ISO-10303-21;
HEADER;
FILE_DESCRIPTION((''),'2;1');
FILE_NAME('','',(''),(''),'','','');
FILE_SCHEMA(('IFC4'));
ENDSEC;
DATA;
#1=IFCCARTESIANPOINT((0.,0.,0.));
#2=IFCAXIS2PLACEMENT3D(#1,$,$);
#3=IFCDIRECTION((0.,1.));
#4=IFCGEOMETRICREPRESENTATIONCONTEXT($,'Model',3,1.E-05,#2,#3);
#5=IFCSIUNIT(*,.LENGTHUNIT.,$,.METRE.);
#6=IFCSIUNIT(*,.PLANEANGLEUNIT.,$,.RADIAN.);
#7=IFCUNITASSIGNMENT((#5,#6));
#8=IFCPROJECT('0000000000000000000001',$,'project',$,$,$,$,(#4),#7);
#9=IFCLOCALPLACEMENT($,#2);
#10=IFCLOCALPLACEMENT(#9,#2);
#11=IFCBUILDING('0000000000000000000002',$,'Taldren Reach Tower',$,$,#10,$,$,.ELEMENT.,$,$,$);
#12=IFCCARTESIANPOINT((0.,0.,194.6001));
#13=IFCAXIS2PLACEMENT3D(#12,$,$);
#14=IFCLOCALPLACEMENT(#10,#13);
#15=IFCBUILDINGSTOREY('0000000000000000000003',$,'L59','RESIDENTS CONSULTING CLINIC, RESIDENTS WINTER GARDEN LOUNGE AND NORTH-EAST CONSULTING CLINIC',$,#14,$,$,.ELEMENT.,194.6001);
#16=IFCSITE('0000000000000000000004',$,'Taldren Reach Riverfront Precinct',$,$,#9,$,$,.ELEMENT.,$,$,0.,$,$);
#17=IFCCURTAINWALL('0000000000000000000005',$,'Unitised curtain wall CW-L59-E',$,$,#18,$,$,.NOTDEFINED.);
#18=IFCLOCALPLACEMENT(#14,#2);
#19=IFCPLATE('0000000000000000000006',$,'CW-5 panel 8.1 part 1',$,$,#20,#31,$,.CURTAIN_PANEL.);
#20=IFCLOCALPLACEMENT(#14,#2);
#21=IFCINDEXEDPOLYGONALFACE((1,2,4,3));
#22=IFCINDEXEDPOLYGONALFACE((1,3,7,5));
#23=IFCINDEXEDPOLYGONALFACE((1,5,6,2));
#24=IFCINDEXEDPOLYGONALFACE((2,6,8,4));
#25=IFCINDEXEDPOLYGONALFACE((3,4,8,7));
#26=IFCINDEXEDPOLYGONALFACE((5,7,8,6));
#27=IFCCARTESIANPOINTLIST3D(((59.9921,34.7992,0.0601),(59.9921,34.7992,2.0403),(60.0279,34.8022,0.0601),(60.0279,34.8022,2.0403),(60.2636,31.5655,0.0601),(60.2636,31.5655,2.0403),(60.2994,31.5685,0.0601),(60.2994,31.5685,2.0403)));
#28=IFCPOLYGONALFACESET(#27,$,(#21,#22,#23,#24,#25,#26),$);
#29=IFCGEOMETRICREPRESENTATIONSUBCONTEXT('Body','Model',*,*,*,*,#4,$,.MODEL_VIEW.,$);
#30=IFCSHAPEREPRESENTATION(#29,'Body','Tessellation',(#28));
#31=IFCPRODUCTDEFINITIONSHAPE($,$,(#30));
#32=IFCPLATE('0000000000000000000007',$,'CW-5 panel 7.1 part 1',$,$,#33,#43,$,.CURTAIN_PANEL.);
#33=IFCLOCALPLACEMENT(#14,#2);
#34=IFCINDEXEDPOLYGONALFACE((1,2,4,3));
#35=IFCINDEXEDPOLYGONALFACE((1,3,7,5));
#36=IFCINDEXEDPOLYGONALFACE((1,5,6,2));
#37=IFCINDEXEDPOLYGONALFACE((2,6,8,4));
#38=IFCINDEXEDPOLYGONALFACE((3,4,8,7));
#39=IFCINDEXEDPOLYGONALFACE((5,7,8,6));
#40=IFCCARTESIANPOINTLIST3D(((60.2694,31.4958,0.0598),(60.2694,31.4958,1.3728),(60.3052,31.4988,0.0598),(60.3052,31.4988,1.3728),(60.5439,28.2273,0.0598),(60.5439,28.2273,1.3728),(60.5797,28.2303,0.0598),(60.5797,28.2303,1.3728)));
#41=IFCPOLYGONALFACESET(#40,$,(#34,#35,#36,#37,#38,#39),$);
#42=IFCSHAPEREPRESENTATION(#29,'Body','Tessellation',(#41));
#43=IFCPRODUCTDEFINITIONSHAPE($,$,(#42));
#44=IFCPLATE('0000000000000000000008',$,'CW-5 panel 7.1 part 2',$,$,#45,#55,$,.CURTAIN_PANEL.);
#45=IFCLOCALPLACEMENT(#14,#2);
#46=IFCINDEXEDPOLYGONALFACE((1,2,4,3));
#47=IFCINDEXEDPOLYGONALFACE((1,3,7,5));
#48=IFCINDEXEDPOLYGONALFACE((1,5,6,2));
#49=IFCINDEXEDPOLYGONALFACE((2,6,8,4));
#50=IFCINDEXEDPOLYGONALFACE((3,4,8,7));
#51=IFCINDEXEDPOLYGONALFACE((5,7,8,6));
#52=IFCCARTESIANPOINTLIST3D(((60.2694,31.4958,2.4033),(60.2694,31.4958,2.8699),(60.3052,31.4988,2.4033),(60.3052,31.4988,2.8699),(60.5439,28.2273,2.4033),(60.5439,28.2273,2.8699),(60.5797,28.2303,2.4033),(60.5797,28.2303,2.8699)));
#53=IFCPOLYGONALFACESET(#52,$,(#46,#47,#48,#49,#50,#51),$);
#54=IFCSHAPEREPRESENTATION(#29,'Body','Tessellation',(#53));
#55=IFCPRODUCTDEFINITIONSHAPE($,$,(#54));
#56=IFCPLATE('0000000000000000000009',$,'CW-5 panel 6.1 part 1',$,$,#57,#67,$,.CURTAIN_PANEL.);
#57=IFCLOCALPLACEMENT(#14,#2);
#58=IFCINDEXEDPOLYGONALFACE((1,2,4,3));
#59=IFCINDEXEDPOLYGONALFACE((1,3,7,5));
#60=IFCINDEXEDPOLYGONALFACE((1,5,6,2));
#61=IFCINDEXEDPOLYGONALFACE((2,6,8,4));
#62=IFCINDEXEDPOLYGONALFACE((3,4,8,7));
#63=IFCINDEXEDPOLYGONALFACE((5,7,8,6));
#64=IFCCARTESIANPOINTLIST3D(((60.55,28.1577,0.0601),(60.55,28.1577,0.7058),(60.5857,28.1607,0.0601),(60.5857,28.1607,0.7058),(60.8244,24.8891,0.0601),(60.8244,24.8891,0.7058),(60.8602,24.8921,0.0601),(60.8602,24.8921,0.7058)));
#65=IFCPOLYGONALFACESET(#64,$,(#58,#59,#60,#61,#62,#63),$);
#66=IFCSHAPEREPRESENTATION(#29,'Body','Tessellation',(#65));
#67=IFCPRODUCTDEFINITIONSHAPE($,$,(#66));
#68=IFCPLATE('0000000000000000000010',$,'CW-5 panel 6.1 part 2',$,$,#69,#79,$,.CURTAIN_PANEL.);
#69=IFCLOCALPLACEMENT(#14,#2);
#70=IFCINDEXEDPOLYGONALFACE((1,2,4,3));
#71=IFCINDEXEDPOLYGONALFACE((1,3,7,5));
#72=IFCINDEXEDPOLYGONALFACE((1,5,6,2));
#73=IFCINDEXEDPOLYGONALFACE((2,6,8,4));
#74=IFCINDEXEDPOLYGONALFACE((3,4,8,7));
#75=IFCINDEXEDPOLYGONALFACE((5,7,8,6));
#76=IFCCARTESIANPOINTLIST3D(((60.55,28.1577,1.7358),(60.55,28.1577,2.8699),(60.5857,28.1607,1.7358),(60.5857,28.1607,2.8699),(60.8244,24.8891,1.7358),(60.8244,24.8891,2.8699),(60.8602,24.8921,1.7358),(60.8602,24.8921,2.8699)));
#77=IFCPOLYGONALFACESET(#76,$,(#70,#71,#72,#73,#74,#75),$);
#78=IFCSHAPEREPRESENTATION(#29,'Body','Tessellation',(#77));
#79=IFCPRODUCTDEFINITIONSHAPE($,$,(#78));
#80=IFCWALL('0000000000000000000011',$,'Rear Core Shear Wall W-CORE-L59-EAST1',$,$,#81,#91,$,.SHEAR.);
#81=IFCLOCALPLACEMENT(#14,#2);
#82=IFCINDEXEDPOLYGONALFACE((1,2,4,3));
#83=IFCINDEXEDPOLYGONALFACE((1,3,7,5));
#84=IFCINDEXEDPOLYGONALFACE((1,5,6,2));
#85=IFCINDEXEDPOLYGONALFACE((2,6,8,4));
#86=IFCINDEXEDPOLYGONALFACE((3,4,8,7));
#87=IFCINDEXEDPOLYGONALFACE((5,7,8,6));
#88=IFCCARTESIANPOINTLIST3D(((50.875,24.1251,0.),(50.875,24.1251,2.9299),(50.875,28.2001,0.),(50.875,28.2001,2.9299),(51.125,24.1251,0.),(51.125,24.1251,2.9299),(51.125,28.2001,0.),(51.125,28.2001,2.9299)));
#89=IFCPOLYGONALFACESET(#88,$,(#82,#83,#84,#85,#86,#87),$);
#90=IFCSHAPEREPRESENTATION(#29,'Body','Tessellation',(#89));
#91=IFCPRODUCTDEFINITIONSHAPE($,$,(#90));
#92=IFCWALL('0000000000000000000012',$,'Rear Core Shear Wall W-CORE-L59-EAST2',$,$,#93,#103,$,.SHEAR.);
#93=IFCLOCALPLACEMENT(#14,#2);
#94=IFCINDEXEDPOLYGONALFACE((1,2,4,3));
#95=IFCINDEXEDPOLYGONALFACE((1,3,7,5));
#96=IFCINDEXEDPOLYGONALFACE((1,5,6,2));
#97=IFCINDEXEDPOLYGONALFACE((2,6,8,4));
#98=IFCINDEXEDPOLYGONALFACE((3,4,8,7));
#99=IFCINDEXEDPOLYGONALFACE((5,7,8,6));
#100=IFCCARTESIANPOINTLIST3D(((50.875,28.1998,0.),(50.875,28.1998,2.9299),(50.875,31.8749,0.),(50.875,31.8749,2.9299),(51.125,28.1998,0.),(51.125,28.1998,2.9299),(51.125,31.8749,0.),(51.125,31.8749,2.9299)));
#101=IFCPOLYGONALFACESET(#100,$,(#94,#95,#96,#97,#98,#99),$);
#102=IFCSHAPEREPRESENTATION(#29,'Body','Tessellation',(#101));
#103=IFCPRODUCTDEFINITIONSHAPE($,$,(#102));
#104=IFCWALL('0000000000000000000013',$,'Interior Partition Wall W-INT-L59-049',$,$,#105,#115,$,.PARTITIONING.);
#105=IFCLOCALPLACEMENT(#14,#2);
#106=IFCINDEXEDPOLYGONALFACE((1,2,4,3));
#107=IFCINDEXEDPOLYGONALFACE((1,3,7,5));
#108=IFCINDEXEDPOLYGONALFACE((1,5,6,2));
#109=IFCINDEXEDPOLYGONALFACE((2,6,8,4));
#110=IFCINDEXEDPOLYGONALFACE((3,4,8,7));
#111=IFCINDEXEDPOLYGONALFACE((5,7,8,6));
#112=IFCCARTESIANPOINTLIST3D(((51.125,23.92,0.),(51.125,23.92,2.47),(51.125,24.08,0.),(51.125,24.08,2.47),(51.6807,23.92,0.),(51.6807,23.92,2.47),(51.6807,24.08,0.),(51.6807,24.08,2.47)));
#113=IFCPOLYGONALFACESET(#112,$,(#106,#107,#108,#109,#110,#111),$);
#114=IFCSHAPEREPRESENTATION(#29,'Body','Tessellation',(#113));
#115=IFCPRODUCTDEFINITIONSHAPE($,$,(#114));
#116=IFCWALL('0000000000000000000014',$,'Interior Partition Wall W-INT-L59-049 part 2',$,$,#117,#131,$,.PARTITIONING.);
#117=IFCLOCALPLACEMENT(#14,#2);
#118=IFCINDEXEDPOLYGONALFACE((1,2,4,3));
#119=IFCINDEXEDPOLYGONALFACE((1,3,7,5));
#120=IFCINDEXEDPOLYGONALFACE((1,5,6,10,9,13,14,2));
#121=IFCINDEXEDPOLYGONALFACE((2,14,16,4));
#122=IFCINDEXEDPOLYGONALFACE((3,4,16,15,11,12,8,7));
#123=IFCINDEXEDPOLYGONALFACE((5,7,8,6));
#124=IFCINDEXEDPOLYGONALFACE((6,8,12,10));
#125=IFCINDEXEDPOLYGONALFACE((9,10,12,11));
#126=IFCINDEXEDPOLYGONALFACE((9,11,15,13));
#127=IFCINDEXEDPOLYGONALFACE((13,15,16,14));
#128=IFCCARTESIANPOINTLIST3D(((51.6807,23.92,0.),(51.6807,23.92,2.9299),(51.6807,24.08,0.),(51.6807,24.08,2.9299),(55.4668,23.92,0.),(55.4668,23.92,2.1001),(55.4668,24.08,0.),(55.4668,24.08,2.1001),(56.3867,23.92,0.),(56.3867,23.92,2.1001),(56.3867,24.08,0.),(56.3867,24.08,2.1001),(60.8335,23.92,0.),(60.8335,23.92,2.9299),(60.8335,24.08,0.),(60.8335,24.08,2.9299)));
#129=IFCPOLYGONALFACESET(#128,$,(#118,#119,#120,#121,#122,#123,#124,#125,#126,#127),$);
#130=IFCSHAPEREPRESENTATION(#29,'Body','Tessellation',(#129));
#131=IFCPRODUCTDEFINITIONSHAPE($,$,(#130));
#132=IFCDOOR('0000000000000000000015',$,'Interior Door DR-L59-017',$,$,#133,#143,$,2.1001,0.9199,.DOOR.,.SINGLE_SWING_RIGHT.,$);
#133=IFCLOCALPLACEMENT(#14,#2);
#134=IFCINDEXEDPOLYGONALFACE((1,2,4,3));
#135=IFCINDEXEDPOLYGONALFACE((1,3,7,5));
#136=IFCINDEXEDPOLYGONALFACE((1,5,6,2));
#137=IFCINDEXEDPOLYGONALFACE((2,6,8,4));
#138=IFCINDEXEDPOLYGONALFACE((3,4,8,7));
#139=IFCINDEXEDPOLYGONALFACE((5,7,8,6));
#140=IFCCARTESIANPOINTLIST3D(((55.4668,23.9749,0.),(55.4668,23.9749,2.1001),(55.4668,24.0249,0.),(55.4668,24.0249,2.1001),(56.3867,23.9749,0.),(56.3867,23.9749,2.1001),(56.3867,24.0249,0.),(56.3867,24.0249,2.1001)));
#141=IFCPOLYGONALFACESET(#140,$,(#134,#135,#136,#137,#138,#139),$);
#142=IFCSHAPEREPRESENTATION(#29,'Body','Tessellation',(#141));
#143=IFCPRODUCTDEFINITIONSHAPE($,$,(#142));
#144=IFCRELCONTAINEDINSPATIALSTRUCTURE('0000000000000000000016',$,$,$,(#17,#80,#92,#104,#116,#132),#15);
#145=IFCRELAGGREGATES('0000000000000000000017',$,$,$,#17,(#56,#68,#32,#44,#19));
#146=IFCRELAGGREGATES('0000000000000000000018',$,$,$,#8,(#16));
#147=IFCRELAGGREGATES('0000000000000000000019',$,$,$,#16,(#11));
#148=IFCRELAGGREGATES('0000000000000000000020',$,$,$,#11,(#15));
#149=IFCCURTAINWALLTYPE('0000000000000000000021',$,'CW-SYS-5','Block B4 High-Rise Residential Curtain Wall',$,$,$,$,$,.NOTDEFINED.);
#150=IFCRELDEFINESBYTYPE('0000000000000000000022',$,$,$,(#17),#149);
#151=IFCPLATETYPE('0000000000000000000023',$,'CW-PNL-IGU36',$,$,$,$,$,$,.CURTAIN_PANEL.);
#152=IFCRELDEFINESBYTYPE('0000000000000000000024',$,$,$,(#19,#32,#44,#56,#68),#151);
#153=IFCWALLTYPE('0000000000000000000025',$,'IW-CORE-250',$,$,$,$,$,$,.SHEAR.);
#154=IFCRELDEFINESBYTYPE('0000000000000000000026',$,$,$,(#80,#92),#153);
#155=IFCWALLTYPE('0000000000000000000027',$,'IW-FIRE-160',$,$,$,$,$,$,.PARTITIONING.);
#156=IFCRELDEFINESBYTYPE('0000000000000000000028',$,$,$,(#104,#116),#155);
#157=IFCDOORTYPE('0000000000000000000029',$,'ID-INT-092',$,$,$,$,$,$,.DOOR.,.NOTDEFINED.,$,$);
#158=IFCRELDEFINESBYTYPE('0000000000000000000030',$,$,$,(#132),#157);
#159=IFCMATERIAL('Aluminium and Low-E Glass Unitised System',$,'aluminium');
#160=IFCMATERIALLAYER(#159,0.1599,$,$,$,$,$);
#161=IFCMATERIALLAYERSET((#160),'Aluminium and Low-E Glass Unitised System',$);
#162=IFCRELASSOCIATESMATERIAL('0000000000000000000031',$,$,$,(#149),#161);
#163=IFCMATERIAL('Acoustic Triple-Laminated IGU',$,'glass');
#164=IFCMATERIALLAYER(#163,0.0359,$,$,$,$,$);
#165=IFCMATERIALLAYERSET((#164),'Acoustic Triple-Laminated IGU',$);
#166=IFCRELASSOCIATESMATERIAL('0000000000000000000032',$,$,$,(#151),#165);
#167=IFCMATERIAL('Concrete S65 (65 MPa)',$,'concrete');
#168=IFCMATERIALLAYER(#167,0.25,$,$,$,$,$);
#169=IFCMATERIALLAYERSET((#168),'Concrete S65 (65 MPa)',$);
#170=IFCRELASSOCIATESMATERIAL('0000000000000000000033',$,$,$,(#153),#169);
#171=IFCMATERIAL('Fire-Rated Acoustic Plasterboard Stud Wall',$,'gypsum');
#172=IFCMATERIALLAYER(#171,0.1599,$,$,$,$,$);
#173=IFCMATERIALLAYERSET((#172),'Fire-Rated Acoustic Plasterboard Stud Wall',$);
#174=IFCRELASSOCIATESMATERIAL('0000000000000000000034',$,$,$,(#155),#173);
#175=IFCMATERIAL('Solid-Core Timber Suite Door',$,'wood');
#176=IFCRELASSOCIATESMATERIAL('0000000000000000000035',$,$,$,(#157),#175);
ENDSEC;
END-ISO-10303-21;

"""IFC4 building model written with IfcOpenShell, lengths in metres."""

from ifc_helpers import new_model, si_unit, direction, frame, frame_2d, origin, origin_2d, place, context, subcontext, project, spatial, rectangle, extrude, source, transform, mapped, material, layer, layer_set, type_object, element, fill, aggregate, save


model = new_model("IFC4")

# Units and contexts
model_context = context("Model", 3, precision=1e-05, world=origin(), true_north=direction((0.0, 1.0)))
body_context = subcontext(model_context, "Body", "Model", "MODEL_VIEW")
ifc_project = project(units=[si_unit("LENGTHUNIT", "METRE"), si_unit("PLANEANGLEUNIT", "RADIAN")], contexts=[model_context])

# Site, building, storey
site_placement = place(None, origin())
site = spatial("IfcSite", under=ifc_project, at=site_placement, Name="Taldren Reach Riverfront Precinct", CompositionType="ELEMENT", RefElevation=0.0)
building_placement = place(site_placement, origin())
building = spatial("IfcBuilding", under=site, at=building_placement, Name="Taldren Reach Tower", CompositionType="ELEMENT")
storey_placement = place(building_placement, frame((0.0, 0.0, 194.6001)))
storey = spatial("IfcBuildingStorey", under=building, at=storey_placement, Name="L59", Description="RESIDENTS CONSULTING CLINIC, RESIDENTS WINTER GARDEN LOUNGE AND NORTH-EAST CONSULTING CLINIC", CompositionType="ELEMENT", Elevation=194.6001)

# Curtain wall, plates
ifc_material_1 = material(Name="Aluminium and Low-E Glass Unitised System", Category="aluminium")
ifc_layer_1 = layer(ifc_material_1, 0.1599)
ifc_layer_set_1 = layer_set([ifc_layer_1], Name="Aluminium and Low-E Glass Unitised System")
curtain_wall_type = type_object("IfcCurtainWallType", Name="CW-SYS-5", Description="Block B4 High-Rise Residential Curtain Wall", PredefinedType="NOTDEFINED", material=ifc_layer_set_1)
curtain_wall_placement = place(storey_placement, origin())
curtain_wall = element("IfcCurtainWall", 1, at=curtain_wall_placement, inside=storey, type_object=curtain_wall_type, Name="Unitised curtain wall CW-L59-E", PredefinedType="NOTDEFINED")
ifc_material_2 = material(Name="Acoustic Triple-Laminated IGU", Category="glass")
ifc_layer_2 = layer(ifc_material_2, 0.0359)
ifc_layer_set_2 = layer_set([ifc_layer_2], Name="Acoustic Triple-Laminated IGU")
plate_type = type_object("IfcPlateType", Name="CW-PNL-IGU36", PredefinedType="CURTAIN_PANEL", material=ifc_layer_set_2)
shared_shape_1 = source(origin(), body_context, "Body", "SweptSolid", [
    extrude(rectangle(XDim=3.2451, YDim=0.0359, at=origin_2d()), origin(), (0.0, 0.0, 1.0), 1.9802),
])
plate_1_placement = place(storey_placement, frame((60.1458, 33.1838, 0.0601), z_axis=(0.0, 0.0, 1.0), x_axis=(-0.083678, 0.996493, 0.0)))
plate_1 = element("IfcPlate", 2, at=plate_1_placement, type_object=plate_type, Name="CW-5 panel 8.1 part 1", PredefinedType="CURTAIN_PANEL", context=body_context, shape_type="MappedRepresentation", body=[
    mapped(shared_shape_1, transform((0.0, 0.0, 0.0), scale=1.0)),
])
shared_shape_2 = source(origin(), body_context, "Body", "SweptSolid", [
    extrude(rectangle(XDim=3.28, YDim=0.0359, at=origin_2d()), origin(), (0.0, 0.0, 1.0), 1.313),
])
plate_2_placement = place(storey_placement, frame((60.4246, 29.863, 0.0598), z_axis=(0.0, 0.0, 1.0), x_axis=(-0.083678, 0.996493, 0.0)))
plate_2 = element("IfcPlate", 3, at=plate_2_placement, type_object=plate_type, Name="CW-5 panel 7.1 part 1", PredefinedType="CURTAIN_PANEL", context=body_context, shape_type="MappedRepresentation", body=[
    mapped(shared_shape_2, transform((0.0, 0.0, 0.0), scale=1.0)),
])
shared_shape_3 = source(origin(), body_context, "Body", "SweptSolid", [
    extrude(rectangle(XDim=3.28, YDim=0.0359, at=origin_2d()), origin(), (0.0, 0.0, 1.0), 0.4666),
])
plate_3_placement = place(storey_placement, frame((60.4246, 29.863, 2.4033), z_axis=(0.0, 0.0, 1.0), x_axis=(-0.083678, 0.996493, 0.0)))
plate_3 = element("IfcPlate", 4, at=plate_3_placement, type_object=plate_type, Name="CW-5 panel 7.1 part 2", PredefinedType="CURTAIN_PANEL", context=body_context, shape_type="MappedRepresentation", body=[
    mapped(shared_shape_3, transform((0.0, 0.0, 0.0), scale=1.0)),
])
shared_shape_4 = source(origin(), body_context, "Body", "SweptSolid", [
    extrude(rectangle(XDim=3.28, YDim=0.0359, at=origin_2d()), origin(), (0.0, 0.0, 1.0), 0.6458),
])
plate_4_placement = place(storey_placement, frame((60.7051, 26.5249, 0.0601), z_axis=(0.0, 0.0, 1.0), x_axis=(-0.083678, 0.996493, 0.0)))
plate_4 = element("IfcPlate", 5, at=plate_4_placement, type_object=plate_type, Name="CW-5 panel 6.1 part 1", PredefinedType="CURTAIN_PANEL", context=body_context, shape_type="MappedRepresentation", body=[
    mapped(shared_shape_4, transform((0.0, 0.0, 0.0), scale=1.0)),
])
shared_shape_5 = source(origin(), body_context, "Body", "SweptSolid", [
    extrude(rectangle(XDim=3.28, YDim=0.0359, at=origin_2d()), origin(), (0.0, 0.0, 1.0), 1.134),
])
plate_5_placement = place(storey_placement, frame((60.7051, 26.5249, 1.7358), z_axis=(0.0, 0.0, 1.0), x_axis=(-0.083678, 0.996493, 0.0)))
plate_5 = element("IfcPlate", 6, at=plate_5_placement, type_object=plate_type, Name="CW-5 panel 6.1 part 2", PredefinedType="CURTAIN_PANEL", context=body_context, shape_type="MappedRepresentation", body=[
    mapped(shared_shape_5, transform((0.0, 0.0, 0.0), scale=1.0)),
])
aggregate(curtain_wall, [plate_4, plate_5, plate_2, plate_3, plate_1])

# Walls
ifc_material_3 = material(Name="Concrete S65 (65 MPa)", Category="concrete")
ifc_layer_3 = layer(ifc_material_3, 0.25)
ifc_layer_set_3 = layer_set([ifc_layer_3], Name="Concrete S65 (65 MPa)")
wall_type_1 = type_object("IfcWallType", Name="IW-CORE-250", PredefinedType="SHEAR", material=ifc_layer_set_3)
shared_shape_6 = source(origin(), body_context, "Body", "SweptSolid", [
    extrude(rectangle(XDim=4.075, YDim=0.25, at=frame_2d((2.0376, 0.0))), origin(), (0.0, 0.0, 1.0), 2.9299),
])
wall_1_placement = place(storey_placement, frame((51.0, 24.125, 0.0), z_axis=(0.0, 0.0, 1.0), x_axis=(0.0, 1.0, 0.0)))
element("IfcWall", 7, at=wall_1_placement, inside=storey, type_object=wall_type_1, Name="Rear Core Shear Wall W-CORE-L59-EAST1", PredefinedType="SHEAR", context=body_context, shape_type="MappedRepresentation", body=[
    mapped(shared_shape_6, transform((0.0, 0.0, 0.0), scale=1.0)),
])
shared_shape_7 = source(origin(), body_context, "Body", "SweptSolid", [
    extrude(rectangle(XDim=3.675, YDim=0.25, at=frame_2d((1.8374, 0.0))), origin(), (0.0, 0.0, 1.0), 2.9299),
])
wall_2_placement = place(storey_placement, frame((51.0, 28.2, 0.0), z_axis=(0.0, 0.0, 1.0), x_axis=(0.0, 1.0, 0.0)))
element("IfcWall", 8, at=wall_2_placement, inside=storey, type_object=wall_type_1, Name="Rear Core Shear Wall W-CORE-L59-EAST2", PredefinedType="SHEAR", context=body_context, shape_type="MappedRepresentation", body=[
    mapped(shared_shape_7, transform((0.0, 0.0, 0.0), scale=1.0)),
])
ifc_material_4 = material(Name="Fire-Rated Acoustic Plasterboard Stud Wall", Category="gypsum")
ifc_layer_4 = layer(ifc_material_4, 0.1599)
ifc_layer_set_4 = layer_set([ifc_layer_4], Name="Fire-Rated Acoustic Plasterboard Stud Wall")
wall_type_2 = type_object("IfcWallType", Name="IW-FIRE-160", PredefinedType="PARTITIONING", material=ifc_layer_set_4)
shared_shape_8 = source(origin(), body_context, "Body", "SweptSolid", [
    extrude(rectangle(XDim=0.5557, YDim=0.1599, at=frame_2d((0.2778, 0.0))), origin(), (0.0, 0.0, 1.0), 2.47),
])
wall_3_placement = place(storey_placement, frame((51.125, 24.0, 0.0), z_axis=(0.0, 0.0, 1.0), x_axis=(1.0, 0.0, 0.0)))
element("IfcWall", 9, at=wall_3_placement, inside=storey, type_object=wall_type_2, Name="Interior Partition Wall W-INT-L59-049", PredefinedType="PARTITIONING", context=body_context, shape_type="MappedRepresentation", body=[
    mapped(shared_shape_8, transform((0.0, 0.0, 0.0), scale=1.0)),
])

# Wall, opening, door
shared_shape_9 = source(origin(), body_context, "Body", "SweptSolid", [
    extrude(rectangle(XDim=9.1528, YDim=0.1599, at=frame_2d((4.5764, 0.0))), origin(), (0.0, 0.0, 1.0), 2.9299),
])
wall_4_placement = place(storey_placement, frame((51.6807, 24.0, 0.0), z_axis=(0.0, 0.0, 1.0), x_axis=(1.0, 0.0, 0.0)))
wall_4 = element("IfcWall", 10, at=wall_4_placement, inside=storey, type_object=wall_type_2, Name="Interior Partition Wall W-INT-L59-049 part 2", PredefinedType="PARTITIONING", context=body_context, shape_type="MappedRepresentation", body=[
    mapped(shared_shape_9, transform((0.0, 0.0, 0.0), scale=1.0)),
])
shared_shape_10 = source(origin(), body_context, "Body", "SweptSolid", [
    extrude(rectangle(XDim=0.9199, YDim=2.1001, at=frame_2d((0.46, 1.05))), frame((0.0, 0.0898, 0.0), z_axis=(0.0, -1.0, 0.0), x_axis=(1.0, 0.0, 0.0)), (0.0, 0.0, 1.0), 0.1799),
])
opening_placement = place(wall_4_placement, frame((3.7861, 0.0, 0.0)))
opening = element("IfcOpeningElement", 11, at=opening_placement, cuts=wall_4, PredefinedType="OPENING", context=body_context, shape_type="MappedRepresentation", body=[
    mapped(shared_shape_10, transform((0.0, 0.0, 0.0), scale=1.0)),
])
ifc_material_5 = material(Name="Solid-Core Timber Suite Door", Category="wood")
door_type = type_object("IfcDoorType", Name="ID-INT-092", OperationType="NOTDEFINED", PredefinedType="DOOR", material=ifc_material_5)
shared_shape_11 = source(origin(), body_context, "Body", "SweptSolid", [
    extrude(rectangle(XDim=0.9199, YDim=2.1001, at=frame_2d((0.46, 1.05))), frame((0.0, 0.0249, 0.0), z_axis=(0.0, -1.0, 0.0), x_axis=(1.0, 0.0, 0.0)), (0.0, 0.0, 1.0), 0.05),
])
door_placement = place(opening_placement, origin())
door = element("IfcDoor", 12, at=door_placement, inside=storey, type_object=door_type, Name="Interior Door DR-L59-017", OperationType="SINGLE_SWING_RIGHT", OverallHeight=2.1001, OverallWidth=0.9199, PredefinedType="DOOR", context=body_context, shape_type="MappedRepresentation", body=[
    mapped(shared_shape_11, transform((0.0, 0.0, 0.0), scale=1.0)),
])
fill(opening, door)

save(model, "model.ifc")
